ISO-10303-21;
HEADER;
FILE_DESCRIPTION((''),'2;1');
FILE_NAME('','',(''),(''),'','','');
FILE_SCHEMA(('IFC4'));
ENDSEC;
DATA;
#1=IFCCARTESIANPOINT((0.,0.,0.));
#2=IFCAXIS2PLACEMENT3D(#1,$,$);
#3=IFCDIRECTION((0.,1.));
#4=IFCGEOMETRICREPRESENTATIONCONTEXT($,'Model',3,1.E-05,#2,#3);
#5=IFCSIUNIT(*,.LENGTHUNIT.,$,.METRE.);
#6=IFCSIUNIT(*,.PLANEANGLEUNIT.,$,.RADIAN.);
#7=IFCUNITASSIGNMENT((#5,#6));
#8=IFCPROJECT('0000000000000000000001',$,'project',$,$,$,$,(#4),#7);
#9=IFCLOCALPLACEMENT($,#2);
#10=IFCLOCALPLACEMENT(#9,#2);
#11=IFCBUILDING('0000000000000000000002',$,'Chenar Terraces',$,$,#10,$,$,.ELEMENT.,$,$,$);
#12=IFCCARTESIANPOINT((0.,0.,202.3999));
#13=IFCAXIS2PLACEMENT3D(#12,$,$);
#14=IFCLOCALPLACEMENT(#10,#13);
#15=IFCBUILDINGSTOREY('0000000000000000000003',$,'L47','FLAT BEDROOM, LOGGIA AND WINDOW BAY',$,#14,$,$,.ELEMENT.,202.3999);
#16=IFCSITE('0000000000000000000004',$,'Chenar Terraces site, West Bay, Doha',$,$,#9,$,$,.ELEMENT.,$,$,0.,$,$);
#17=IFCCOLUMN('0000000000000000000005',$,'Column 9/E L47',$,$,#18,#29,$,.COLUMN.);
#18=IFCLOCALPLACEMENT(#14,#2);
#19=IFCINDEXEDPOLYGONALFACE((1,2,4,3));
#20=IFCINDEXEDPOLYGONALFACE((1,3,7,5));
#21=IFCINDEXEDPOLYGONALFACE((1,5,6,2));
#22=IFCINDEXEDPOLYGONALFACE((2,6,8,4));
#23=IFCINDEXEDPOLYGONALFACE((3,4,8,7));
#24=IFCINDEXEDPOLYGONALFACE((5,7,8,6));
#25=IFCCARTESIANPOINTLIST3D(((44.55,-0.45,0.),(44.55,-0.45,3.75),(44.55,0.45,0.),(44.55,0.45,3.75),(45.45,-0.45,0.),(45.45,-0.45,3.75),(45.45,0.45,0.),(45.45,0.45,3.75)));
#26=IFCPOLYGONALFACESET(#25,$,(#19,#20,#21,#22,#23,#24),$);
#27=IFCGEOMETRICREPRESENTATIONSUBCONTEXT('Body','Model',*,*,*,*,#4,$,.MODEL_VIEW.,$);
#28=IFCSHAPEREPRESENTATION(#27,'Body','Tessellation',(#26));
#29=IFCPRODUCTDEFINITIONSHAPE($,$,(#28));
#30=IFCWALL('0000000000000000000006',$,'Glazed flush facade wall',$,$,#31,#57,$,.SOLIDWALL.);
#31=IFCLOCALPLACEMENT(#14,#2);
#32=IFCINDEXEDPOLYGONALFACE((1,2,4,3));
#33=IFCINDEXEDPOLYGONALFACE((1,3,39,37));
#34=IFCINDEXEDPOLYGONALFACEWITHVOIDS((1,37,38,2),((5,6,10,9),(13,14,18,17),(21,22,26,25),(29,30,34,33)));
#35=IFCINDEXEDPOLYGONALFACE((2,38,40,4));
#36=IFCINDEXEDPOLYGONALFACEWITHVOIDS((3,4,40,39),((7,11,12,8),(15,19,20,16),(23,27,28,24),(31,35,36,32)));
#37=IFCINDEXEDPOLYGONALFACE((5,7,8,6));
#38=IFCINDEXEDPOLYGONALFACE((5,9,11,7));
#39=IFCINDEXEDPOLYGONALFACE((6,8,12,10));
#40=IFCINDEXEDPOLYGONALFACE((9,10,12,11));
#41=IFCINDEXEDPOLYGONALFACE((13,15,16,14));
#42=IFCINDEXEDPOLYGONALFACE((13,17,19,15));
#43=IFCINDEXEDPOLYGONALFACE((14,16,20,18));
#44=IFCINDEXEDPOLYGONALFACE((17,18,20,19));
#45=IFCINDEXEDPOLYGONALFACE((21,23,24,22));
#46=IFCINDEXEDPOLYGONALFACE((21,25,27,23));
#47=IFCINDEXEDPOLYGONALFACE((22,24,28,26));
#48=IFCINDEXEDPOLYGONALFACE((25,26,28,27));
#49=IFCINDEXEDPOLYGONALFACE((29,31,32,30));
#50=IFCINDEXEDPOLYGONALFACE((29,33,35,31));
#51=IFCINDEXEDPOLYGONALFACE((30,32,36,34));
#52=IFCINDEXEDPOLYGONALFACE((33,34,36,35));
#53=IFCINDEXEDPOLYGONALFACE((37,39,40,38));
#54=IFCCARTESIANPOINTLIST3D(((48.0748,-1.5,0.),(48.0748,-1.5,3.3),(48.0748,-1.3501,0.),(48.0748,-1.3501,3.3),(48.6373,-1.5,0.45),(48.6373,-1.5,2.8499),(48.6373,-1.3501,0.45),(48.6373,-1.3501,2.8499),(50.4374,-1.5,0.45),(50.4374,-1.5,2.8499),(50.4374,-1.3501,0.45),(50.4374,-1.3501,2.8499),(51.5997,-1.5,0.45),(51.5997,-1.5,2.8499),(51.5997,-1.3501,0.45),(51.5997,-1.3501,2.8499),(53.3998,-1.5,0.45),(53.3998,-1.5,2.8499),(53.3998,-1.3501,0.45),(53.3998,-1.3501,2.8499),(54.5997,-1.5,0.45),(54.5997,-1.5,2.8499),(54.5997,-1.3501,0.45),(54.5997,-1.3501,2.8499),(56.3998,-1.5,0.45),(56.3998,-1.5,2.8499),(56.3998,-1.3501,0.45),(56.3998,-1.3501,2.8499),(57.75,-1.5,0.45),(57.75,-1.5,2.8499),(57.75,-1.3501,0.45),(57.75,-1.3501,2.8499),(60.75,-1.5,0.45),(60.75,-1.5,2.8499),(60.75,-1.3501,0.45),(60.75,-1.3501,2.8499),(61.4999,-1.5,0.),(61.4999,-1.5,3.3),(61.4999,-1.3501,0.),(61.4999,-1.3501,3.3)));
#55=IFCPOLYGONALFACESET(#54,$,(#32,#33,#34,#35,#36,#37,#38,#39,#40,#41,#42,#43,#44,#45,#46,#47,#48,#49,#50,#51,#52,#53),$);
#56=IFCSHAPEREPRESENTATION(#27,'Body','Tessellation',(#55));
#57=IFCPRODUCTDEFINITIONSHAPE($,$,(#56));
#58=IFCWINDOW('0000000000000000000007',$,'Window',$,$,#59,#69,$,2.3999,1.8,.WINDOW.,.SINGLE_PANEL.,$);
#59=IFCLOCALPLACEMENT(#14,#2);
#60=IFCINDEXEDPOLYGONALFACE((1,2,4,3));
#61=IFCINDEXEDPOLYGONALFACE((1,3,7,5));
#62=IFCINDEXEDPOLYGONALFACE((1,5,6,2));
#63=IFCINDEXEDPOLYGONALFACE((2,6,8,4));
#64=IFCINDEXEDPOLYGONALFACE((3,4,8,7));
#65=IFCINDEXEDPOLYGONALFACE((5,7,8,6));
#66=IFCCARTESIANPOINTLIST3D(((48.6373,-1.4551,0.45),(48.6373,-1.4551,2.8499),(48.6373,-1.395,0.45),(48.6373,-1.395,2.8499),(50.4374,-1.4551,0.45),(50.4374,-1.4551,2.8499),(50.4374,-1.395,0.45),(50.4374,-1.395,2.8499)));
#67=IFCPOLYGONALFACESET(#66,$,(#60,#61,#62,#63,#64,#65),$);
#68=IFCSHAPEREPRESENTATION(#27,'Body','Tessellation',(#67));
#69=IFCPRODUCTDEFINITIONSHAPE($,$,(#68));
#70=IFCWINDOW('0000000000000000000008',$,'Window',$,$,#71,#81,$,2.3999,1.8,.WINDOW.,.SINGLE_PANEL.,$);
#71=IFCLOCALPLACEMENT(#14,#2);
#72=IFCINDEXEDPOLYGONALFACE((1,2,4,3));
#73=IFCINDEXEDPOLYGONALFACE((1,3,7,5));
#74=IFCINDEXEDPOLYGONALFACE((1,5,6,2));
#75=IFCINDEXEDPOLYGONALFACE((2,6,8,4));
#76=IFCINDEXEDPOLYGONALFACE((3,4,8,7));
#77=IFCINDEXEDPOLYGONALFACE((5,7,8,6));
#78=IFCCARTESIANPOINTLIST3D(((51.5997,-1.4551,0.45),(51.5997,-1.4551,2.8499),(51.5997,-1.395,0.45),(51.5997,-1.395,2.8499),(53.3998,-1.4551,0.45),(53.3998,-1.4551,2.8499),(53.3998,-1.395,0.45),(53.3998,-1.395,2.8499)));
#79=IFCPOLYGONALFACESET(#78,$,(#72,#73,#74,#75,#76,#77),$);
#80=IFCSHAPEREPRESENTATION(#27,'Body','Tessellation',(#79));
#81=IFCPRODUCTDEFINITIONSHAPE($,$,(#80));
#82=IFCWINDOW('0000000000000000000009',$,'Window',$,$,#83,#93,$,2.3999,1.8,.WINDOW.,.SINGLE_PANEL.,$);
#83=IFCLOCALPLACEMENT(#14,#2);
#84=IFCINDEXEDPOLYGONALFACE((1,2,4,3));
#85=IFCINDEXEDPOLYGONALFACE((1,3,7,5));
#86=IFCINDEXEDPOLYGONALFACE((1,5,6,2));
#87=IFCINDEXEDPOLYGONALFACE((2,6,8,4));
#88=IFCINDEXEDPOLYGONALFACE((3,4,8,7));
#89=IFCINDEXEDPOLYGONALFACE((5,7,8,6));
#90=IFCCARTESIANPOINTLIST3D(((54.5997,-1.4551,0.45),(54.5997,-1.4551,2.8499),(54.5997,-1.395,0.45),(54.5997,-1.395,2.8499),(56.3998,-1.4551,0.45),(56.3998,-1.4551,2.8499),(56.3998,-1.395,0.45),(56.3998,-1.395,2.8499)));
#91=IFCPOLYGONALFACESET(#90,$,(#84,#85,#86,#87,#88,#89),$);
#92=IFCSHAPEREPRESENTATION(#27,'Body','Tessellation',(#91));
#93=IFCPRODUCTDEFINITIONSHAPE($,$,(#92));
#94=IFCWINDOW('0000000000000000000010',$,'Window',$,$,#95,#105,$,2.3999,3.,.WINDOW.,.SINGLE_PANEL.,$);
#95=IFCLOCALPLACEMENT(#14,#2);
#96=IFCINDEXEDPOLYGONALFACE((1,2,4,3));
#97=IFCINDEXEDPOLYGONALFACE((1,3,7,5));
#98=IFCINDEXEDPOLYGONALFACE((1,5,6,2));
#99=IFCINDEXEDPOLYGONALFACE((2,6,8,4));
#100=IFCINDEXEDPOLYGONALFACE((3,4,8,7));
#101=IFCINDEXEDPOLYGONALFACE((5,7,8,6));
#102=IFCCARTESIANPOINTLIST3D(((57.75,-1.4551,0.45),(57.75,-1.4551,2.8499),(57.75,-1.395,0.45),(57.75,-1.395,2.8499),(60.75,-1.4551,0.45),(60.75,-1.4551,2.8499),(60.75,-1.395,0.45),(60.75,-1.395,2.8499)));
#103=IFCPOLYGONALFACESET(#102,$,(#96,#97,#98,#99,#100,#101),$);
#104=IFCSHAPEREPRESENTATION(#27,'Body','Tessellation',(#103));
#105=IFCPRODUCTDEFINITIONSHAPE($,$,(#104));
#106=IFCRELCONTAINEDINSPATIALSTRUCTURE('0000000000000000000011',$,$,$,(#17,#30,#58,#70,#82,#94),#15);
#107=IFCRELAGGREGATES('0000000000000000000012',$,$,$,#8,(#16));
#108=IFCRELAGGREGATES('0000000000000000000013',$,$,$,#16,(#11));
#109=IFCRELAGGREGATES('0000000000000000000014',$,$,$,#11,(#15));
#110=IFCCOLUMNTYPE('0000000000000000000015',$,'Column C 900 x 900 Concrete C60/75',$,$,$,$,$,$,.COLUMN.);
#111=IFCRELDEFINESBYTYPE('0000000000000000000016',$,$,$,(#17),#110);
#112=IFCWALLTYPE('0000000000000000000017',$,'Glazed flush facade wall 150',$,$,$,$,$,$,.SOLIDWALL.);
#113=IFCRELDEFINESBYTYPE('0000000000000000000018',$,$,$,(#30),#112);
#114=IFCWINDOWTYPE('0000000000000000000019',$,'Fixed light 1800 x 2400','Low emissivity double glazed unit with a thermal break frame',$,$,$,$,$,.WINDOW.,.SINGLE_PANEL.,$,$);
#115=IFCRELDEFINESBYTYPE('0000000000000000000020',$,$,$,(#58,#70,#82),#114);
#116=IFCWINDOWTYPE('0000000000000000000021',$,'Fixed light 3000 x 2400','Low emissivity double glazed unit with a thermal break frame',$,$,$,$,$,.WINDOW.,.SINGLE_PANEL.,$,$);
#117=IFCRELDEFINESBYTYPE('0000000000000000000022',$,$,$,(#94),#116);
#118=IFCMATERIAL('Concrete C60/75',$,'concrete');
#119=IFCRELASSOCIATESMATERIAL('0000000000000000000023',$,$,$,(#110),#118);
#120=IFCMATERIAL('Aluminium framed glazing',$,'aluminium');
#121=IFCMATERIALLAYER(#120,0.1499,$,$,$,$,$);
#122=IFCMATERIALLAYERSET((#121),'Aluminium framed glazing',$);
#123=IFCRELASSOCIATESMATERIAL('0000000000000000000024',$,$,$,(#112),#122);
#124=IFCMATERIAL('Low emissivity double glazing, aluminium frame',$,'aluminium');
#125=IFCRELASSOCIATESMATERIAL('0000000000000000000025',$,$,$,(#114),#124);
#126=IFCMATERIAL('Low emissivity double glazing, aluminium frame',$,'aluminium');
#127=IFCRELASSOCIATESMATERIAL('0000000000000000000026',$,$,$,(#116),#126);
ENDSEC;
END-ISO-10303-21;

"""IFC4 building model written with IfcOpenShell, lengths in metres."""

from ifc_helpers import new_model, si_unit, direction, frame, frame_2d, origin, origin_2d, place, context, subcontext, project, spatial, rectangle, extrude, material, layer, layer_set, material_profile, profile_set, type_object, element, fill, save


model = new_model("IFC4")

# Units and contexts
model_context = context("Model", 3, precision=1e-05, world=origin(), true_north=direction((0.0, 1.0)))
body_context = subcontext(model_context, "Body", "Model", "MODEL_VIEW")
ifc_project = project(units=[si_unit("LENGTHUNIT", "METRE"), si_unit("PLANEANGLEUNIT", "RADIAN")], contexts=[model_context])

# Site, building, storey
site_placement = place(None, origin())
site = spatial("IfcSite", under=ifc_project, at=site_placement, Name="Chenar Terraces site, West Bay, Doha", CompositionType="ELEMENT", RefElevation=0.0)
building_placement = place(site_placement, origin())
building = spatial("IfcBuilding", under=site, at=building_placement, Name="Chenar Terraces", CompositionType="ELEMENT")
storey_placement = place(building_placement, frame((0.0, 0.0, 202.3999)))
storey = spatial("IfcBuildingStorey", under=building, at=storey_placement, Name="L47", Description="FLAT BEDROOM, LOGGIA AND WINDOW BAY", CompositionType="ELEMENT", Elevation=202.3999)

# Column
ifc_material_1 = material(Name="Concrete C60/75", Category="concrete")
ifc_material_profile = material_profile(ifc_material_1, rectangle(XDim=0.8999, YDim=0.8999, at=origin_2d()), Name="C 900 x 900")
ifc_profile_set = profile_set([ifc_material_profile], Name="Concrete C60/75")
column_type = type_object("IfcColumnType", Name="Column C 900 x 900 Concrete C60/75", PredefinedType="COLUMN", material=ifc_profile_set)
column_placement = place(storey_placement, frame((45.0, 0.0, 0.0), z_axis=(0.0, 0.0, 1.0), x_axis=(1.0, 0.0, 0.0)))
element("IfcColumn", 1, at=column_placement, inside=storey, type_object=column_type, Name="Column 9/E L47", PredefinedType="COLUMN", context=body_context, shape_type="SweptSolid", body=[
    extrude(rectangle(XDim=0.8999, YDim=0.8999, at=origin_2d()), origin(), (0.0, 0.0, 1.0), 3.75),
])

# Wall, openings, windows
ifc_material_2 = material(Name="Aluminium framed glazing", Category="aluminium")
ifc_layer_1 = layer(ifc_material_2, 0.1499)
ifc_layer_set_1 = layer_set([ifc_layer_1], Name="Aluminium framed glazing")
wall_type_1 = type_object("IfcWallType", Name="Glazed flush facade wall 150", PredefinedType="SOLIDWALL", material=ifc_layer_set_1)
wall_1_placement = place(storey_placement, frame((48.075, -1.425, 0.0), z_axis=(0.0, 0.0, 1.0), x_axis=(1.0, 0.0, 0.0)))
wall_1 = element("IfcWall", 2, at=wall_1_placement, inside=storey, type_object=wall_type_1, Name="Glazed flush facade wall", PredefinedType="SOLIDWALL", context=body_context, shape_type="SweptSolid", body=[
    extrude(rectangle(XDim=13.425, YDim=0.1499, at=frame_2d((6.7124, 0.0))), origin(), (0.0, 0.0, 1.0), 3.3),
])
opening_1_placement = place(wall_1_placement, frame((0.5625, 0.0, 0.45)))
opening_1 = element("IfcOpeningElement", 3, at=opening_1_placement, cuts=wall_1, PredefinedType="OPENING", context=body_context, shape_type="SweptSolid", body=[
    extrude(rectangle(XDim=1.8, YDim=2.3999, at=frame_2d((0.8999, 1.2))), frame((0.0, 0.085, 0.0), z_axis=(0.0, -1.0, 0.0), x_axis=(1.0, 0.0, 0.0)), (0.0, 0.0, 1.0), 0.1699),
])
opening_2_placement = place(wall_1_placement, frame((3.5249, 0.0, 0.45)))
opening_2 = element("IfcOpeningElement", 4, at=opening_2_placement, cuts=wall_1, PredefinedType="OPENING", context=body_context, shape_type="SweptSolid", body=[
    extrude(rectangle(XDim=1.8, YDim=2.3999, at=frame_2d((0.8999, 1.2))), frame((0.0, 0.085, 0.0), z_axis=(0.0, -1.0, 0.0), x_axis=(1.0, 0.0, 0.0)), (0.0, 0.0, 1.0), 0.1699),
])
opening_3_placement = place(wall_1_placement, frame((6.5249, 0.0, 0.45)))
opening_3 = element("IfcOpeningElement", 5, at=opening_3_placement, cuts=wall_1, PredefinedType="OPENING", context=body_context, shape_type="SweptSolid", body=[
    extrude(rectangle(XDim=1.8, YDim=2.3999, at=frame_2d((0.8999, 1.2))), frame((0.0, 0.085, 0.0), z_axis=(0.0, -1.0, 0.0), x_axis=(1.0, 0.0, 0.0)), (0.0, 0.0, 1.0), 0.1699),
])
opening_4_placement = place(wall_1_placement, frame((9.675, 0.0, 0.45)))
opening_4 = element("IfcOpeningElement", 6, at=opening_4_placement, cuts=wall_1, PredefinedType="OPENING", context=body_context, shape_type="SweptSolid", body=[
    extrude(rectangle(XDim=3.0, YDim=2.3999, at=frame_2d((1.5, 1.2))), frame((0.0, 0.085, 0.0), z_axis=(0.0, -1.0, 0.0), x_axis=(1.0, 0.0, 0.0)), (0.0, 0.0, 1.0), 0.1699),
])
ifc_material_3 = material(Name="Low emissivity double glazing, aluminium frame", Category="aluminium")
window_type_1 = type_object("IfcWindowType", Name="Fixed light 1800 x 2400", Description="Low emissivity double glazed unit with a thermal break frame", PartitioningType="SINGLE_PANEL", PredefinedType="WINDOW", material=ifc_material_3)
window_1_placement = place(opening_1_placement, origin())
window_1 = element("IfcWindow", 7, at=window_1_placement, inside=storey, type_object=window_type_1, Name="Window", OverallHeight=2.3999, OverallWidth=1.8, PartitioningType="SINGLE_PANEL", PredefinedType="WINDOW", context=body_context, shape_type="SweptSolid", body=[
    extrude(rectangle(XDim=1.8, YDim=2.3999, at=frame_2d((0.8999, 1.2))), frame((0.0, 0.03, 0.0), z_axis=(0.0, -1.0, 0.0), x_axis=(1.0, 0.0, 0.0)), (0.0, 0.0, 1.0), 0.0601),
])
fill(opening_1, window_1)
window_2_placement = place(opening_2_placement, origin())
window_2 = element("IfcWindow", 8, at=window_2_placement, inside=storey, type_object=window_type_1, Name="Window", OverallHeight=2.3999, OverallWidth=1.8, PartitioningType="SINGLE_PANEL", PredefinedType="WINDOW", context=body_context, shape_type="SweptSolid", body=[
    extrude(rectangle(XDim=1.8, YDim=2.3999, at=frame_2d((0.8999, 1.2))), frame((0.0, 0.03, 0.0), z_axis=(0.0, -1.0, 0.0), x_axis=(1.0, 0.0, 0.0)), (0.0, 0.0, 1.0), 0.0601),
])
fill(opening_2, window_2)
window_3_placement = place(opening_3_placement, origin())
window_3 = element("IfcWindow", 9, at=window_3_placement, inside=storey, type_object=window_type_1, Name="Window", OverallHeight=2.3999, OverallWidth=1.8, PartitioningType="SINGLE_PANEL", PredefinedType="WINDOW", context=body_context, shape_type="SweptSolid", body=[
    extrude(rectangle(XDim=1.8, YDim=2.3999, at=frame_2d((0.8999, 1.2))), frame((0.0, 0.03, 0.0), z_axis=(0.0, -1.0, 0.0), x_axis=(1.0, 0.0, 0.0)), (0.0, 0.0, 1.0), 0.0601),
])
fill(opening_3, window_3)
ifc_material_4 = material(Name="Low emissivity double glazing, aluminium frame", Category="aluminium")
window_type_2 = type_object("IfcWindowType", Name="Fixed light 3000 x 2400", Description="Low emissivity double glazed unit with a thermal break frame", PartitioningType="SINGLE_PANEL", PredefinedType="WINDOW", material=ifc_material_4)
window_4_placement = place(opening_4_placement, origin())
window_4 = element("IfcWindow", 10, at=window_4_placement, inside=storey, type_object=window_type_2, Name="Window", OverallHeight=2.3999, OverallWidth=3.0, PartitioningType="SINGLE_PANEL", PredefinedType="WINDOW", context=body_context, shape_type="SweptSolid", body=[
    extrude(rectangle(XDim=3.0, YDim=2.3999, at=frame_2d((1.5, 1.2))), frame((0.0, 0.03, 0.0), z_axis=(0.0, -1.0, 0.0), x_axis=(1.0, 0.0, 0.0)), (0.0, 0.0, 1.0), 0.0601),
])
fill(opening_4, window_4)

save(model, "model.ifc")
